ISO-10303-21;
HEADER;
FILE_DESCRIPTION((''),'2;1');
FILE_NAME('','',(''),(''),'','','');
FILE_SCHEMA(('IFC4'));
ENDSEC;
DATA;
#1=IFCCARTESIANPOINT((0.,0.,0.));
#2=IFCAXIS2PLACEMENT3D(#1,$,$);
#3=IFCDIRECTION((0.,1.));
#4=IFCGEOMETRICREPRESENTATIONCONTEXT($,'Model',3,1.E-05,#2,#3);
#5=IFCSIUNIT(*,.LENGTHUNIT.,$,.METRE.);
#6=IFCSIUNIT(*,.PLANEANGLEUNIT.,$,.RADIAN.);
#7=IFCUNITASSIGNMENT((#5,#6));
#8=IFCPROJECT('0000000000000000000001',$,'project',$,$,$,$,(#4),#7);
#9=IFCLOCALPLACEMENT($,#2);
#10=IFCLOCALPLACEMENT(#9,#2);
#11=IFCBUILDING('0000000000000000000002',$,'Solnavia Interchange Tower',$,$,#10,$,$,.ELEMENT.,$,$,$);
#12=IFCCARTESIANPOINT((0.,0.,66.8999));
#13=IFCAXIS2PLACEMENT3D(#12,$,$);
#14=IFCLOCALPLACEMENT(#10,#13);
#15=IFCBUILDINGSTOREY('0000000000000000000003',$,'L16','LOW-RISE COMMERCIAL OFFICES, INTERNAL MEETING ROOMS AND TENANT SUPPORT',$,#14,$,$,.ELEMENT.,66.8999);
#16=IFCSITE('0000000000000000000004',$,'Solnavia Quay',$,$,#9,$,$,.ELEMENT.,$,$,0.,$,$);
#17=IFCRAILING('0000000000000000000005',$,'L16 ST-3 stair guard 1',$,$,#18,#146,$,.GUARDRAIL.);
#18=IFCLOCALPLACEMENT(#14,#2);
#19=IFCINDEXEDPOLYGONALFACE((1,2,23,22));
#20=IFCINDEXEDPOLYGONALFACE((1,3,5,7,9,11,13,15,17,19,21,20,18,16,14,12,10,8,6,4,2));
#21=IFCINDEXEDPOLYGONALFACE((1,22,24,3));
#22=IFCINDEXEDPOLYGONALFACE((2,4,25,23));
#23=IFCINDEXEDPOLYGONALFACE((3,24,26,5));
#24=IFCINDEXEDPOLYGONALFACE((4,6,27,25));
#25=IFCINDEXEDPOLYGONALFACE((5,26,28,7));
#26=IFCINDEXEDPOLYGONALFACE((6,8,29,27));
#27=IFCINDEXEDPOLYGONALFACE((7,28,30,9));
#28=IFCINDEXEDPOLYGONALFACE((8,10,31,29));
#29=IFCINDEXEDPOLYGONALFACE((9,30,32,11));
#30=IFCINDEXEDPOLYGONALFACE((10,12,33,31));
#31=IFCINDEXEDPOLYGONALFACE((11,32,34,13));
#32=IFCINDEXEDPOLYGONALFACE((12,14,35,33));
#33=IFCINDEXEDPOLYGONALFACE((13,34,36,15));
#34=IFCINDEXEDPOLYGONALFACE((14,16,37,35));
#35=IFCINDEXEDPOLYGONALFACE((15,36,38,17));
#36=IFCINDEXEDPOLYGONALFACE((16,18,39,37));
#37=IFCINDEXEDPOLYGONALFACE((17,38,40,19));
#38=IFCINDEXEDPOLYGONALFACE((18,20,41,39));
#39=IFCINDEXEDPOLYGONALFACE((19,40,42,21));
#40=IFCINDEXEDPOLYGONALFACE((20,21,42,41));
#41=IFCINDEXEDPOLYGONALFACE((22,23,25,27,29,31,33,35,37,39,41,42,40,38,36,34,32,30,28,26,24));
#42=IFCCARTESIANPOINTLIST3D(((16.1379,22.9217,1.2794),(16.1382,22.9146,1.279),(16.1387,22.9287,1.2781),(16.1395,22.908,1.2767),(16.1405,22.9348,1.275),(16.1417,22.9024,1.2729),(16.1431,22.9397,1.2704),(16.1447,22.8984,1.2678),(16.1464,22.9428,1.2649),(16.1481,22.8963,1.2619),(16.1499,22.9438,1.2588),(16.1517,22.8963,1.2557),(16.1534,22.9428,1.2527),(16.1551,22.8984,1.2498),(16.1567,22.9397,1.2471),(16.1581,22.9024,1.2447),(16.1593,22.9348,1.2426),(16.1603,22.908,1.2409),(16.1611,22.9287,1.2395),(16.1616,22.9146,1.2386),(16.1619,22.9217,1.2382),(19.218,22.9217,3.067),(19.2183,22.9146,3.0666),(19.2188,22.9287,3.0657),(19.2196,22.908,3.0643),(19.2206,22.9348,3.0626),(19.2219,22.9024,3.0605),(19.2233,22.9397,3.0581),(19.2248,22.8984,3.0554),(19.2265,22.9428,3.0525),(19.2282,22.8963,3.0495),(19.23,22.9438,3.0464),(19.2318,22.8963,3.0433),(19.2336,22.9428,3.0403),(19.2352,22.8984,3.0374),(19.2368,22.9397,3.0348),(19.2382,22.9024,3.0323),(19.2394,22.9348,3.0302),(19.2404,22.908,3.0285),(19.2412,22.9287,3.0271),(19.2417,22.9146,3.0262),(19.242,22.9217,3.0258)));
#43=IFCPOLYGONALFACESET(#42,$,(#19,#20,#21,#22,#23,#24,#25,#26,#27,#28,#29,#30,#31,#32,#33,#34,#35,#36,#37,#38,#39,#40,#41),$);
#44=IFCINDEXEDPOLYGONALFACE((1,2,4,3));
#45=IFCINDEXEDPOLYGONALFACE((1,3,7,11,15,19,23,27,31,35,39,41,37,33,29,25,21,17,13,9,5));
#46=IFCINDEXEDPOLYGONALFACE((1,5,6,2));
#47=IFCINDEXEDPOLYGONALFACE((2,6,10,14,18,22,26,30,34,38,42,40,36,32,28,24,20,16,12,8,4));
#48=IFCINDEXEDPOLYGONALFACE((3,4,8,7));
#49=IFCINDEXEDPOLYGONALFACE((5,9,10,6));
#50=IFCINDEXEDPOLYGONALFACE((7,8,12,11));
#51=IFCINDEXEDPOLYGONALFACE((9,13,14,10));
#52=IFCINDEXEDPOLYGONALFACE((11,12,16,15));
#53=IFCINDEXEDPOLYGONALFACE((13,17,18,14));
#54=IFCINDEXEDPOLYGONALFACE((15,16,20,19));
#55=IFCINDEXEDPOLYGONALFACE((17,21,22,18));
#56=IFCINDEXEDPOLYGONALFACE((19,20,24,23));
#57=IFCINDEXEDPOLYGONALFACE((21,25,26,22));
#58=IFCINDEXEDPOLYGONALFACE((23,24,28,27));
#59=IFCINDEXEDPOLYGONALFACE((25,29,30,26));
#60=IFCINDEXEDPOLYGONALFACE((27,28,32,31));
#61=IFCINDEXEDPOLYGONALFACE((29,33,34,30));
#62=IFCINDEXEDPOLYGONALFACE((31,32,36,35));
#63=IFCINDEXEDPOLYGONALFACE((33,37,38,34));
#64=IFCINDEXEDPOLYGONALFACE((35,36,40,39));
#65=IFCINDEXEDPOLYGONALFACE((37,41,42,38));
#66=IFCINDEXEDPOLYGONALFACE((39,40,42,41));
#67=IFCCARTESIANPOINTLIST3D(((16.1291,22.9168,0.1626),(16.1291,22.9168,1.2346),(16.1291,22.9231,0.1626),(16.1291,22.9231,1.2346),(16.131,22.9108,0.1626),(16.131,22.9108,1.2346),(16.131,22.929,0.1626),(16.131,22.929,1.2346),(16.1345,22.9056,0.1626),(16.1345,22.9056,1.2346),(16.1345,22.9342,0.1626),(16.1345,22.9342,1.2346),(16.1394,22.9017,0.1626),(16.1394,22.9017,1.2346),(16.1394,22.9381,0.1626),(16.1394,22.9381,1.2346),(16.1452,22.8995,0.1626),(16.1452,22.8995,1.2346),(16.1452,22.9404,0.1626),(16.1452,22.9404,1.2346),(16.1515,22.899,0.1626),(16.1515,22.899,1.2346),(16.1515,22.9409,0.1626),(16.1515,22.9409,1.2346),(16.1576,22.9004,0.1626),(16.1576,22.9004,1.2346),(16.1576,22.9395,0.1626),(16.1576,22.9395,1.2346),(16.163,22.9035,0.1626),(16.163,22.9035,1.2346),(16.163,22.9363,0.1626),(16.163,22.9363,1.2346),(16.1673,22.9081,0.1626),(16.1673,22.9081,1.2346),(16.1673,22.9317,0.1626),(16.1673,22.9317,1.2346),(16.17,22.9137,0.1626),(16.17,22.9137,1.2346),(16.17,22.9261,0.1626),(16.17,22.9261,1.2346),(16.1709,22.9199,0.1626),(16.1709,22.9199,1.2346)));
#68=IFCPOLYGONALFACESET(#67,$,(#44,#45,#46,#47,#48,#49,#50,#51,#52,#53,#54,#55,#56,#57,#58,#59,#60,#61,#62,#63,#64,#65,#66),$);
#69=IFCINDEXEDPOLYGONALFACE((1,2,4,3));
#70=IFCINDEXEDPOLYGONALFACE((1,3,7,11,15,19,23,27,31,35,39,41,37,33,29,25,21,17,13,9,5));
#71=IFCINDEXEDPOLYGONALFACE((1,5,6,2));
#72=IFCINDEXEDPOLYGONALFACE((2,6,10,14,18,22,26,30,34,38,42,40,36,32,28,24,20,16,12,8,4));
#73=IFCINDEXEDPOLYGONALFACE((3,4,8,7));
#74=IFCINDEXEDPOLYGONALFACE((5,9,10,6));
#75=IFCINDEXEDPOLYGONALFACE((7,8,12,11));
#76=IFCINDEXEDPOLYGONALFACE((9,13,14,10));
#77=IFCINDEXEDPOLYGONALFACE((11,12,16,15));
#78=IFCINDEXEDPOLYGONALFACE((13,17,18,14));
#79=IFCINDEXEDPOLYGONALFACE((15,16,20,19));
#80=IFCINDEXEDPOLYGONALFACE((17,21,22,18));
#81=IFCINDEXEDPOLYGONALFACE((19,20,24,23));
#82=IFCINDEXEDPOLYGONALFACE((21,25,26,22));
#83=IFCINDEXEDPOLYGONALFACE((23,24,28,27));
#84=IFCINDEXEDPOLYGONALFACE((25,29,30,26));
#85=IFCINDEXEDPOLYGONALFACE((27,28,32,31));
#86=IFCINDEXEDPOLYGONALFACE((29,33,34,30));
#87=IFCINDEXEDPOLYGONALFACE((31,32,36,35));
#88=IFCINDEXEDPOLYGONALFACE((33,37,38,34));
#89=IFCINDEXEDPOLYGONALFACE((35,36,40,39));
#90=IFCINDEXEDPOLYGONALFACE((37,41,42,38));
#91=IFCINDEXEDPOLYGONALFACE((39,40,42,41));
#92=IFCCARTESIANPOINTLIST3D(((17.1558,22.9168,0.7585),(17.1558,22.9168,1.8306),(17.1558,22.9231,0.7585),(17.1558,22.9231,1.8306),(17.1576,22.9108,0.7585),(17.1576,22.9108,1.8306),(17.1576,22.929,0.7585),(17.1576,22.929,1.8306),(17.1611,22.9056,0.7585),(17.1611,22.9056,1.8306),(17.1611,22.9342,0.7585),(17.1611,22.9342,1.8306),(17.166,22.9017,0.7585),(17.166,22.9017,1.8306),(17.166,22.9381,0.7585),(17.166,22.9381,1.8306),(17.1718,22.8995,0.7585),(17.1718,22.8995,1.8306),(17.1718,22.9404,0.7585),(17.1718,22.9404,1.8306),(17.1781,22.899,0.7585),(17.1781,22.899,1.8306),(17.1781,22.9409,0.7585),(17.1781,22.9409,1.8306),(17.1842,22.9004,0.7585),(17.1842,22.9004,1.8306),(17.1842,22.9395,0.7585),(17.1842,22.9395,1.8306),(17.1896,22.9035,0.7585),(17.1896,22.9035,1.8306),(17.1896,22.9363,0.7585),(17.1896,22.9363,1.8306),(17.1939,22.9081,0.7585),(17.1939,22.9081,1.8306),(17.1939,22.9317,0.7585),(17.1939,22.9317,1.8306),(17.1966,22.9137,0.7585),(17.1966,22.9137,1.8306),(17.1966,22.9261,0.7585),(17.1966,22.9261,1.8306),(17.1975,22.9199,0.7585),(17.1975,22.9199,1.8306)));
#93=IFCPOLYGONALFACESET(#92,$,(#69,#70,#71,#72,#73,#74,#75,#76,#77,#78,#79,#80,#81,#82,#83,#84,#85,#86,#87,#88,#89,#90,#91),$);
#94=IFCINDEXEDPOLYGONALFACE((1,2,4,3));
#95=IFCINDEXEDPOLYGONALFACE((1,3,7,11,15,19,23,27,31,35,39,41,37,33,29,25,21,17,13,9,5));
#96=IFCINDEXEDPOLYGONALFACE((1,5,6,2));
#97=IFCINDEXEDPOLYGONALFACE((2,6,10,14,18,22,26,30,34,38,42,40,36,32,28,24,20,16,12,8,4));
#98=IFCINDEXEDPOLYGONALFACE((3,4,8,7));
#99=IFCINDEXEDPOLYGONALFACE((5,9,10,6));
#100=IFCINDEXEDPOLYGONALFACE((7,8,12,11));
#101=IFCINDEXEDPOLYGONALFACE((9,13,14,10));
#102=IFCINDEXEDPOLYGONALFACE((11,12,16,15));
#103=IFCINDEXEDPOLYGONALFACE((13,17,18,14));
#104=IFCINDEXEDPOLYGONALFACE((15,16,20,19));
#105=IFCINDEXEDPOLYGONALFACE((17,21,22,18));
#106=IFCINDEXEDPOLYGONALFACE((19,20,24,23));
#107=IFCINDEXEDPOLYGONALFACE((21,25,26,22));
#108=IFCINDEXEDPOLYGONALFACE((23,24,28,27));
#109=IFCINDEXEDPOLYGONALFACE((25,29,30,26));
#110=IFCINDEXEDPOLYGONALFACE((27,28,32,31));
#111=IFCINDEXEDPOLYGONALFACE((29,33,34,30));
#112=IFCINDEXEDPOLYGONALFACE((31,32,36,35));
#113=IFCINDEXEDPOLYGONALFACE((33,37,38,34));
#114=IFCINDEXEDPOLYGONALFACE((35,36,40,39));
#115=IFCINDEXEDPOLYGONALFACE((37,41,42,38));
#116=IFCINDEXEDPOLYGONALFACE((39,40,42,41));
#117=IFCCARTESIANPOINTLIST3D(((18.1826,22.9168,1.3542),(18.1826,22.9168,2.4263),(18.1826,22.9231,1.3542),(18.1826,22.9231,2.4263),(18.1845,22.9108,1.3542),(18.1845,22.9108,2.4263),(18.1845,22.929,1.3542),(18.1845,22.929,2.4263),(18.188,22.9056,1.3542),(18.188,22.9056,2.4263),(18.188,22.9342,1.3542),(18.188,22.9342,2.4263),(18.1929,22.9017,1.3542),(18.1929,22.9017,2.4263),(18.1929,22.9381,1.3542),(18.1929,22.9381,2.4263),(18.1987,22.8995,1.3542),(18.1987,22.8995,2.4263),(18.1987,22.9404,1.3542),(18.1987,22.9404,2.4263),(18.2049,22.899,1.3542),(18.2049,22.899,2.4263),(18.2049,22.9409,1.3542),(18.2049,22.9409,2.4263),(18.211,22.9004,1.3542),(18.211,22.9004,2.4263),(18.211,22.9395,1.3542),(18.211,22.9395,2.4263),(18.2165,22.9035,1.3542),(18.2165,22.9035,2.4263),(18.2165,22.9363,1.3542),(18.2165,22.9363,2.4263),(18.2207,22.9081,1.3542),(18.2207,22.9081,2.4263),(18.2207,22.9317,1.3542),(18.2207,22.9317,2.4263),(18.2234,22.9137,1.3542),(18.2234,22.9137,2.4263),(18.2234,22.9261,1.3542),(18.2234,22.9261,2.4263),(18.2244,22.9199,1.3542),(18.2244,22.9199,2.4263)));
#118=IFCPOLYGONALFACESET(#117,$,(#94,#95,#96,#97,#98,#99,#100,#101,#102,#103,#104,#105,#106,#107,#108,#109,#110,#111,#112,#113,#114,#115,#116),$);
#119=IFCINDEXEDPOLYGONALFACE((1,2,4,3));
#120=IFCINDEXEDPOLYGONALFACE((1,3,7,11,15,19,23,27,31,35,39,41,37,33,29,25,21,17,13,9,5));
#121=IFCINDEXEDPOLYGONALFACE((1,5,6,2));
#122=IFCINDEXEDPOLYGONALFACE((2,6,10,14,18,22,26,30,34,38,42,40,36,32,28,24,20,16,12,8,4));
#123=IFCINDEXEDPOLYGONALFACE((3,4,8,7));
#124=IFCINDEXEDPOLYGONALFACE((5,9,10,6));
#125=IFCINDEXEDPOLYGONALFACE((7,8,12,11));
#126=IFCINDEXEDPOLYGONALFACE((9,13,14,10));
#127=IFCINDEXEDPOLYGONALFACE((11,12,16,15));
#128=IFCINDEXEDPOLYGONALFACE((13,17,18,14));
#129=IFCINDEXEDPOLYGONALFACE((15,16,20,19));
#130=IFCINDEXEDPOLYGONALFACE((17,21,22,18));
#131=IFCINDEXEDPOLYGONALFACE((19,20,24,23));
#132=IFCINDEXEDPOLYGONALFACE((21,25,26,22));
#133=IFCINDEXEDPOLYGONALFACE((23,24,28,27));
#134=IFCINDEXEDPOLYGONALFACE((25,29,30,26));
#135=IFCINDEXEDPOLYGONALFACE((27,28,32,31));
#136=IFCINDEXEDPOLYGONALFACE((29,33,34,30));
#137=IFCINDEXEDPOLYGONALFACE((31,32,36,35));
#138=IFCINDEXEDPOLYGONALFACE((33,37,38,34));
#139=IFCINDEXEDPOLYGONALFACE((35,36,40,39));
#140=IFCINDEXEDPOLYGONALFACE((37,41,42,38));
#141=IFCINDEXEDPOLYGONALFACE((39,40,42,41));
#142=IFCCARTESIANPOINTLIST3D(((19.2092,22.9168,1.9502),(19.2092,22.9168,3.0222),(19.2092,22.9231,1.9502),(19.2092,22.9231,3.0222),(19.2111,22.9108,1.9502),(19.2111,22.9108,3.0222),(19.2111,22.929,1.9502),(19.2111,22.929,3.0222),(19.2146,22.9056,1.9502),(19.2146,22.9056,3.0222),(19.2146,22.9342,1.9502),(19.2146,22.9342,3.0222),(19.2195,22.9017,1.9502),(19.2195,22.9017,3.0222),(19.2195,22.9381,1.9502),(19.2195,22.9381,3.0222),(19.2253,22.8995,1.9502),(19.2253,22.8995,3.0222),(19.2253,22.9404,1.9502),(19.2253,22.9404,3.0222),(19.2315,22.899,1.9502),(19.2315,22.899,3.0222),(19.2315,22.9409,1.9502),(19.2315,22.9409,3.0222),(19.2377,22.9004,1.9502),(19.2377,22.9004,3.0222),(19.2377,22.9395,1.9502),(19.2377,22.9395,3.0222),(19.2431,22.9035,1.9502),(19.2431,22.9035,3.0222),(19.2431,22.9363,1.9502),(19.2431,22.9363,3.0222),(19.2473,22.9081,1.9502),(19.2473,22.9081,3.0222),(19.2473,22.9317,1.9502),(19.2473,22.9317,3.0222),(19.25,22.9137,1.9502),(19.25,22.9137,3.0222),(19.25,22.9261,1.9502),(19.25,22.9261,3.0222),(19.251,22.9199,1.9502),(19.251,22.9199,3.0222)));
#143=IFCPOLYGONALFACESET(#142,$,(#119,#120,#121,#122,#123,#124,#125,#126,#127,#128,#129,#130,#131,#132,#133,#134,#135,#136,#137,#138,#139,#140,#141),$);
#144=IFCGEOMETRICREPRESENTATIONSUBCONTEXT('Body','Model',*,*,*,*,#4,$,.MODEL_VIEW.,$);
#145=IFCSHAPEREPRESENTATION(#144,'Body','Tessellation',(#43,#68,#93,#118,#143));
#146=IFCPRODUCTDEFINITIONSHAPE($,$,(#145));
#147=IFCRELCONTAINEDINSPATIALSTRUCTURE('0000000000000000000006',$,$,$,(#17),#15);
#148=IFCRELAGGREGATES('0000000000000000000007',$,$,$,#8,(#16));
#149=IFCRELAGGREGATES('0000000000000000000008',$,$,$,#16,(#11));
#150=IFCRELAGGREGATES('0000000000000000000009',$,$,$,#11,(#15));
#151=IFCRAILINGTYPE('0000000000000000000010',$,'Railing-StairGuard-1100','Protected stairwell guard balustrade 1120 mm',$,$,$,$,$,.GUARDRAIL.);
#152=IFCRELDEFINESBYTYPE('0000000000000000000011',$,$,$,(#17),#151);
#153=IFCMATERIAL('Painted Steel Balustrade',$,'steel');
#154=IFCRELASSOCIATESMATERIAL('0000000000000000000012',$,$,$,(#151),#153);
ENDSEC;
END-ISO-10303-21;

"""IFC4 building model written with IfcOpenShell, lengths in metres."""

from ifc_helpers import new_model, si_unit, direction, frame, origin, origin_2d, place, context, subcontext, project, spatial, circle, extrude, material, type_object, element, save


model = new_model("IFC4")

# Units and contexts
model_context = context("Model", 3, precision=1e-05, world=origin(), true_north=direction((0.0, 1.0)))
body_context = subcontext(model_context, "Body", "Model", "MODEL_VIEW")
ifc_project = project(units=[si_unit("LENGTHUNIT", "METRE"), si_unit("PLANEANGLEUNIT", "RADIAN")], contexts=[model_context])

# Site, building, storey
site_placement = place(None, origin())
site = spatial("IfcSite", under=ifc_project, at=site_placement, Name="Solnavia Quay", CompositionType="ELEMENT", RefElevation=0.0)
building_placement = place(site_placement, origin())
building = spatial("IfcBuilding", under=site, at=building_placement, Name="Solnavia Interchange Tower", CompositionType="ELEMENT")
storey_placement = place(building_placement, frame((0.0, 0.0, 66.8999)))
storey = spatial("IfcBuildingStorey", under=building, at=storey_placement, Name="L16", Description="LOW-RISE COMMERCIAL OFFICES, INTERNAL MEETING ROOMS AND TENANT SUPPORT", CompositionType="ELEMENT", Elevation=66.8999)

# Railing
ifc_material_1 = material(Name="Painted Steel Balustrade", Category="steel")
railing_type_1 = type_object("IfcRailingType", Name="Railing-StairGuard-1100", Description="Protected stairwell guard balustrade 1120 mm", PredefinedType="GUARDRAIL", material=ifc_material_1)
railing_1_placement = place(storey_placement, frame((16.1499, 22.9199, 0.1626)))
element("IfcRailing", 1, at=railing_1_placement, inside=storey, type_object=railing_type_1, Name="L16 ST-3 stair guard 1", PredefinedType="GUARDRAIL", context=body_context, shape_type="SweptSolid", body=[
    extrude(circle(Radius=0.0239, at=origin_2d()), frame((0.0, 0.0, 1.0962), z_axis=(0.864891, 0.0, 0.50196), x_axis=(0.0, 1.0, 0.0)), (0.0, 0.0, 1.0), 3.5613),
    extrude(circle(Radius=0.021, at=origin_2d()), origin(), (0.0, 0.0, 1.0), 1.072),
    extrude(circle(Radius=0.021, at=origin_2d()), frame((1.0266, 0.0, 0.5959)), (0.0, 0.0, 1.0), 1.072),
    extrude(circle(Radius=0.021, at=origin_2d()), frame((2.0535, 0.0, 1.1917)), (0.0, 0.0, 1.0), 1.072),
    extrude(circle(Radius=0.021, at=origin_2d()), frame((3.0801, 0.0, 1.7876)), (0.0, 0.0, 1.0), 1.072),
])

save(model, "model.ifc")
